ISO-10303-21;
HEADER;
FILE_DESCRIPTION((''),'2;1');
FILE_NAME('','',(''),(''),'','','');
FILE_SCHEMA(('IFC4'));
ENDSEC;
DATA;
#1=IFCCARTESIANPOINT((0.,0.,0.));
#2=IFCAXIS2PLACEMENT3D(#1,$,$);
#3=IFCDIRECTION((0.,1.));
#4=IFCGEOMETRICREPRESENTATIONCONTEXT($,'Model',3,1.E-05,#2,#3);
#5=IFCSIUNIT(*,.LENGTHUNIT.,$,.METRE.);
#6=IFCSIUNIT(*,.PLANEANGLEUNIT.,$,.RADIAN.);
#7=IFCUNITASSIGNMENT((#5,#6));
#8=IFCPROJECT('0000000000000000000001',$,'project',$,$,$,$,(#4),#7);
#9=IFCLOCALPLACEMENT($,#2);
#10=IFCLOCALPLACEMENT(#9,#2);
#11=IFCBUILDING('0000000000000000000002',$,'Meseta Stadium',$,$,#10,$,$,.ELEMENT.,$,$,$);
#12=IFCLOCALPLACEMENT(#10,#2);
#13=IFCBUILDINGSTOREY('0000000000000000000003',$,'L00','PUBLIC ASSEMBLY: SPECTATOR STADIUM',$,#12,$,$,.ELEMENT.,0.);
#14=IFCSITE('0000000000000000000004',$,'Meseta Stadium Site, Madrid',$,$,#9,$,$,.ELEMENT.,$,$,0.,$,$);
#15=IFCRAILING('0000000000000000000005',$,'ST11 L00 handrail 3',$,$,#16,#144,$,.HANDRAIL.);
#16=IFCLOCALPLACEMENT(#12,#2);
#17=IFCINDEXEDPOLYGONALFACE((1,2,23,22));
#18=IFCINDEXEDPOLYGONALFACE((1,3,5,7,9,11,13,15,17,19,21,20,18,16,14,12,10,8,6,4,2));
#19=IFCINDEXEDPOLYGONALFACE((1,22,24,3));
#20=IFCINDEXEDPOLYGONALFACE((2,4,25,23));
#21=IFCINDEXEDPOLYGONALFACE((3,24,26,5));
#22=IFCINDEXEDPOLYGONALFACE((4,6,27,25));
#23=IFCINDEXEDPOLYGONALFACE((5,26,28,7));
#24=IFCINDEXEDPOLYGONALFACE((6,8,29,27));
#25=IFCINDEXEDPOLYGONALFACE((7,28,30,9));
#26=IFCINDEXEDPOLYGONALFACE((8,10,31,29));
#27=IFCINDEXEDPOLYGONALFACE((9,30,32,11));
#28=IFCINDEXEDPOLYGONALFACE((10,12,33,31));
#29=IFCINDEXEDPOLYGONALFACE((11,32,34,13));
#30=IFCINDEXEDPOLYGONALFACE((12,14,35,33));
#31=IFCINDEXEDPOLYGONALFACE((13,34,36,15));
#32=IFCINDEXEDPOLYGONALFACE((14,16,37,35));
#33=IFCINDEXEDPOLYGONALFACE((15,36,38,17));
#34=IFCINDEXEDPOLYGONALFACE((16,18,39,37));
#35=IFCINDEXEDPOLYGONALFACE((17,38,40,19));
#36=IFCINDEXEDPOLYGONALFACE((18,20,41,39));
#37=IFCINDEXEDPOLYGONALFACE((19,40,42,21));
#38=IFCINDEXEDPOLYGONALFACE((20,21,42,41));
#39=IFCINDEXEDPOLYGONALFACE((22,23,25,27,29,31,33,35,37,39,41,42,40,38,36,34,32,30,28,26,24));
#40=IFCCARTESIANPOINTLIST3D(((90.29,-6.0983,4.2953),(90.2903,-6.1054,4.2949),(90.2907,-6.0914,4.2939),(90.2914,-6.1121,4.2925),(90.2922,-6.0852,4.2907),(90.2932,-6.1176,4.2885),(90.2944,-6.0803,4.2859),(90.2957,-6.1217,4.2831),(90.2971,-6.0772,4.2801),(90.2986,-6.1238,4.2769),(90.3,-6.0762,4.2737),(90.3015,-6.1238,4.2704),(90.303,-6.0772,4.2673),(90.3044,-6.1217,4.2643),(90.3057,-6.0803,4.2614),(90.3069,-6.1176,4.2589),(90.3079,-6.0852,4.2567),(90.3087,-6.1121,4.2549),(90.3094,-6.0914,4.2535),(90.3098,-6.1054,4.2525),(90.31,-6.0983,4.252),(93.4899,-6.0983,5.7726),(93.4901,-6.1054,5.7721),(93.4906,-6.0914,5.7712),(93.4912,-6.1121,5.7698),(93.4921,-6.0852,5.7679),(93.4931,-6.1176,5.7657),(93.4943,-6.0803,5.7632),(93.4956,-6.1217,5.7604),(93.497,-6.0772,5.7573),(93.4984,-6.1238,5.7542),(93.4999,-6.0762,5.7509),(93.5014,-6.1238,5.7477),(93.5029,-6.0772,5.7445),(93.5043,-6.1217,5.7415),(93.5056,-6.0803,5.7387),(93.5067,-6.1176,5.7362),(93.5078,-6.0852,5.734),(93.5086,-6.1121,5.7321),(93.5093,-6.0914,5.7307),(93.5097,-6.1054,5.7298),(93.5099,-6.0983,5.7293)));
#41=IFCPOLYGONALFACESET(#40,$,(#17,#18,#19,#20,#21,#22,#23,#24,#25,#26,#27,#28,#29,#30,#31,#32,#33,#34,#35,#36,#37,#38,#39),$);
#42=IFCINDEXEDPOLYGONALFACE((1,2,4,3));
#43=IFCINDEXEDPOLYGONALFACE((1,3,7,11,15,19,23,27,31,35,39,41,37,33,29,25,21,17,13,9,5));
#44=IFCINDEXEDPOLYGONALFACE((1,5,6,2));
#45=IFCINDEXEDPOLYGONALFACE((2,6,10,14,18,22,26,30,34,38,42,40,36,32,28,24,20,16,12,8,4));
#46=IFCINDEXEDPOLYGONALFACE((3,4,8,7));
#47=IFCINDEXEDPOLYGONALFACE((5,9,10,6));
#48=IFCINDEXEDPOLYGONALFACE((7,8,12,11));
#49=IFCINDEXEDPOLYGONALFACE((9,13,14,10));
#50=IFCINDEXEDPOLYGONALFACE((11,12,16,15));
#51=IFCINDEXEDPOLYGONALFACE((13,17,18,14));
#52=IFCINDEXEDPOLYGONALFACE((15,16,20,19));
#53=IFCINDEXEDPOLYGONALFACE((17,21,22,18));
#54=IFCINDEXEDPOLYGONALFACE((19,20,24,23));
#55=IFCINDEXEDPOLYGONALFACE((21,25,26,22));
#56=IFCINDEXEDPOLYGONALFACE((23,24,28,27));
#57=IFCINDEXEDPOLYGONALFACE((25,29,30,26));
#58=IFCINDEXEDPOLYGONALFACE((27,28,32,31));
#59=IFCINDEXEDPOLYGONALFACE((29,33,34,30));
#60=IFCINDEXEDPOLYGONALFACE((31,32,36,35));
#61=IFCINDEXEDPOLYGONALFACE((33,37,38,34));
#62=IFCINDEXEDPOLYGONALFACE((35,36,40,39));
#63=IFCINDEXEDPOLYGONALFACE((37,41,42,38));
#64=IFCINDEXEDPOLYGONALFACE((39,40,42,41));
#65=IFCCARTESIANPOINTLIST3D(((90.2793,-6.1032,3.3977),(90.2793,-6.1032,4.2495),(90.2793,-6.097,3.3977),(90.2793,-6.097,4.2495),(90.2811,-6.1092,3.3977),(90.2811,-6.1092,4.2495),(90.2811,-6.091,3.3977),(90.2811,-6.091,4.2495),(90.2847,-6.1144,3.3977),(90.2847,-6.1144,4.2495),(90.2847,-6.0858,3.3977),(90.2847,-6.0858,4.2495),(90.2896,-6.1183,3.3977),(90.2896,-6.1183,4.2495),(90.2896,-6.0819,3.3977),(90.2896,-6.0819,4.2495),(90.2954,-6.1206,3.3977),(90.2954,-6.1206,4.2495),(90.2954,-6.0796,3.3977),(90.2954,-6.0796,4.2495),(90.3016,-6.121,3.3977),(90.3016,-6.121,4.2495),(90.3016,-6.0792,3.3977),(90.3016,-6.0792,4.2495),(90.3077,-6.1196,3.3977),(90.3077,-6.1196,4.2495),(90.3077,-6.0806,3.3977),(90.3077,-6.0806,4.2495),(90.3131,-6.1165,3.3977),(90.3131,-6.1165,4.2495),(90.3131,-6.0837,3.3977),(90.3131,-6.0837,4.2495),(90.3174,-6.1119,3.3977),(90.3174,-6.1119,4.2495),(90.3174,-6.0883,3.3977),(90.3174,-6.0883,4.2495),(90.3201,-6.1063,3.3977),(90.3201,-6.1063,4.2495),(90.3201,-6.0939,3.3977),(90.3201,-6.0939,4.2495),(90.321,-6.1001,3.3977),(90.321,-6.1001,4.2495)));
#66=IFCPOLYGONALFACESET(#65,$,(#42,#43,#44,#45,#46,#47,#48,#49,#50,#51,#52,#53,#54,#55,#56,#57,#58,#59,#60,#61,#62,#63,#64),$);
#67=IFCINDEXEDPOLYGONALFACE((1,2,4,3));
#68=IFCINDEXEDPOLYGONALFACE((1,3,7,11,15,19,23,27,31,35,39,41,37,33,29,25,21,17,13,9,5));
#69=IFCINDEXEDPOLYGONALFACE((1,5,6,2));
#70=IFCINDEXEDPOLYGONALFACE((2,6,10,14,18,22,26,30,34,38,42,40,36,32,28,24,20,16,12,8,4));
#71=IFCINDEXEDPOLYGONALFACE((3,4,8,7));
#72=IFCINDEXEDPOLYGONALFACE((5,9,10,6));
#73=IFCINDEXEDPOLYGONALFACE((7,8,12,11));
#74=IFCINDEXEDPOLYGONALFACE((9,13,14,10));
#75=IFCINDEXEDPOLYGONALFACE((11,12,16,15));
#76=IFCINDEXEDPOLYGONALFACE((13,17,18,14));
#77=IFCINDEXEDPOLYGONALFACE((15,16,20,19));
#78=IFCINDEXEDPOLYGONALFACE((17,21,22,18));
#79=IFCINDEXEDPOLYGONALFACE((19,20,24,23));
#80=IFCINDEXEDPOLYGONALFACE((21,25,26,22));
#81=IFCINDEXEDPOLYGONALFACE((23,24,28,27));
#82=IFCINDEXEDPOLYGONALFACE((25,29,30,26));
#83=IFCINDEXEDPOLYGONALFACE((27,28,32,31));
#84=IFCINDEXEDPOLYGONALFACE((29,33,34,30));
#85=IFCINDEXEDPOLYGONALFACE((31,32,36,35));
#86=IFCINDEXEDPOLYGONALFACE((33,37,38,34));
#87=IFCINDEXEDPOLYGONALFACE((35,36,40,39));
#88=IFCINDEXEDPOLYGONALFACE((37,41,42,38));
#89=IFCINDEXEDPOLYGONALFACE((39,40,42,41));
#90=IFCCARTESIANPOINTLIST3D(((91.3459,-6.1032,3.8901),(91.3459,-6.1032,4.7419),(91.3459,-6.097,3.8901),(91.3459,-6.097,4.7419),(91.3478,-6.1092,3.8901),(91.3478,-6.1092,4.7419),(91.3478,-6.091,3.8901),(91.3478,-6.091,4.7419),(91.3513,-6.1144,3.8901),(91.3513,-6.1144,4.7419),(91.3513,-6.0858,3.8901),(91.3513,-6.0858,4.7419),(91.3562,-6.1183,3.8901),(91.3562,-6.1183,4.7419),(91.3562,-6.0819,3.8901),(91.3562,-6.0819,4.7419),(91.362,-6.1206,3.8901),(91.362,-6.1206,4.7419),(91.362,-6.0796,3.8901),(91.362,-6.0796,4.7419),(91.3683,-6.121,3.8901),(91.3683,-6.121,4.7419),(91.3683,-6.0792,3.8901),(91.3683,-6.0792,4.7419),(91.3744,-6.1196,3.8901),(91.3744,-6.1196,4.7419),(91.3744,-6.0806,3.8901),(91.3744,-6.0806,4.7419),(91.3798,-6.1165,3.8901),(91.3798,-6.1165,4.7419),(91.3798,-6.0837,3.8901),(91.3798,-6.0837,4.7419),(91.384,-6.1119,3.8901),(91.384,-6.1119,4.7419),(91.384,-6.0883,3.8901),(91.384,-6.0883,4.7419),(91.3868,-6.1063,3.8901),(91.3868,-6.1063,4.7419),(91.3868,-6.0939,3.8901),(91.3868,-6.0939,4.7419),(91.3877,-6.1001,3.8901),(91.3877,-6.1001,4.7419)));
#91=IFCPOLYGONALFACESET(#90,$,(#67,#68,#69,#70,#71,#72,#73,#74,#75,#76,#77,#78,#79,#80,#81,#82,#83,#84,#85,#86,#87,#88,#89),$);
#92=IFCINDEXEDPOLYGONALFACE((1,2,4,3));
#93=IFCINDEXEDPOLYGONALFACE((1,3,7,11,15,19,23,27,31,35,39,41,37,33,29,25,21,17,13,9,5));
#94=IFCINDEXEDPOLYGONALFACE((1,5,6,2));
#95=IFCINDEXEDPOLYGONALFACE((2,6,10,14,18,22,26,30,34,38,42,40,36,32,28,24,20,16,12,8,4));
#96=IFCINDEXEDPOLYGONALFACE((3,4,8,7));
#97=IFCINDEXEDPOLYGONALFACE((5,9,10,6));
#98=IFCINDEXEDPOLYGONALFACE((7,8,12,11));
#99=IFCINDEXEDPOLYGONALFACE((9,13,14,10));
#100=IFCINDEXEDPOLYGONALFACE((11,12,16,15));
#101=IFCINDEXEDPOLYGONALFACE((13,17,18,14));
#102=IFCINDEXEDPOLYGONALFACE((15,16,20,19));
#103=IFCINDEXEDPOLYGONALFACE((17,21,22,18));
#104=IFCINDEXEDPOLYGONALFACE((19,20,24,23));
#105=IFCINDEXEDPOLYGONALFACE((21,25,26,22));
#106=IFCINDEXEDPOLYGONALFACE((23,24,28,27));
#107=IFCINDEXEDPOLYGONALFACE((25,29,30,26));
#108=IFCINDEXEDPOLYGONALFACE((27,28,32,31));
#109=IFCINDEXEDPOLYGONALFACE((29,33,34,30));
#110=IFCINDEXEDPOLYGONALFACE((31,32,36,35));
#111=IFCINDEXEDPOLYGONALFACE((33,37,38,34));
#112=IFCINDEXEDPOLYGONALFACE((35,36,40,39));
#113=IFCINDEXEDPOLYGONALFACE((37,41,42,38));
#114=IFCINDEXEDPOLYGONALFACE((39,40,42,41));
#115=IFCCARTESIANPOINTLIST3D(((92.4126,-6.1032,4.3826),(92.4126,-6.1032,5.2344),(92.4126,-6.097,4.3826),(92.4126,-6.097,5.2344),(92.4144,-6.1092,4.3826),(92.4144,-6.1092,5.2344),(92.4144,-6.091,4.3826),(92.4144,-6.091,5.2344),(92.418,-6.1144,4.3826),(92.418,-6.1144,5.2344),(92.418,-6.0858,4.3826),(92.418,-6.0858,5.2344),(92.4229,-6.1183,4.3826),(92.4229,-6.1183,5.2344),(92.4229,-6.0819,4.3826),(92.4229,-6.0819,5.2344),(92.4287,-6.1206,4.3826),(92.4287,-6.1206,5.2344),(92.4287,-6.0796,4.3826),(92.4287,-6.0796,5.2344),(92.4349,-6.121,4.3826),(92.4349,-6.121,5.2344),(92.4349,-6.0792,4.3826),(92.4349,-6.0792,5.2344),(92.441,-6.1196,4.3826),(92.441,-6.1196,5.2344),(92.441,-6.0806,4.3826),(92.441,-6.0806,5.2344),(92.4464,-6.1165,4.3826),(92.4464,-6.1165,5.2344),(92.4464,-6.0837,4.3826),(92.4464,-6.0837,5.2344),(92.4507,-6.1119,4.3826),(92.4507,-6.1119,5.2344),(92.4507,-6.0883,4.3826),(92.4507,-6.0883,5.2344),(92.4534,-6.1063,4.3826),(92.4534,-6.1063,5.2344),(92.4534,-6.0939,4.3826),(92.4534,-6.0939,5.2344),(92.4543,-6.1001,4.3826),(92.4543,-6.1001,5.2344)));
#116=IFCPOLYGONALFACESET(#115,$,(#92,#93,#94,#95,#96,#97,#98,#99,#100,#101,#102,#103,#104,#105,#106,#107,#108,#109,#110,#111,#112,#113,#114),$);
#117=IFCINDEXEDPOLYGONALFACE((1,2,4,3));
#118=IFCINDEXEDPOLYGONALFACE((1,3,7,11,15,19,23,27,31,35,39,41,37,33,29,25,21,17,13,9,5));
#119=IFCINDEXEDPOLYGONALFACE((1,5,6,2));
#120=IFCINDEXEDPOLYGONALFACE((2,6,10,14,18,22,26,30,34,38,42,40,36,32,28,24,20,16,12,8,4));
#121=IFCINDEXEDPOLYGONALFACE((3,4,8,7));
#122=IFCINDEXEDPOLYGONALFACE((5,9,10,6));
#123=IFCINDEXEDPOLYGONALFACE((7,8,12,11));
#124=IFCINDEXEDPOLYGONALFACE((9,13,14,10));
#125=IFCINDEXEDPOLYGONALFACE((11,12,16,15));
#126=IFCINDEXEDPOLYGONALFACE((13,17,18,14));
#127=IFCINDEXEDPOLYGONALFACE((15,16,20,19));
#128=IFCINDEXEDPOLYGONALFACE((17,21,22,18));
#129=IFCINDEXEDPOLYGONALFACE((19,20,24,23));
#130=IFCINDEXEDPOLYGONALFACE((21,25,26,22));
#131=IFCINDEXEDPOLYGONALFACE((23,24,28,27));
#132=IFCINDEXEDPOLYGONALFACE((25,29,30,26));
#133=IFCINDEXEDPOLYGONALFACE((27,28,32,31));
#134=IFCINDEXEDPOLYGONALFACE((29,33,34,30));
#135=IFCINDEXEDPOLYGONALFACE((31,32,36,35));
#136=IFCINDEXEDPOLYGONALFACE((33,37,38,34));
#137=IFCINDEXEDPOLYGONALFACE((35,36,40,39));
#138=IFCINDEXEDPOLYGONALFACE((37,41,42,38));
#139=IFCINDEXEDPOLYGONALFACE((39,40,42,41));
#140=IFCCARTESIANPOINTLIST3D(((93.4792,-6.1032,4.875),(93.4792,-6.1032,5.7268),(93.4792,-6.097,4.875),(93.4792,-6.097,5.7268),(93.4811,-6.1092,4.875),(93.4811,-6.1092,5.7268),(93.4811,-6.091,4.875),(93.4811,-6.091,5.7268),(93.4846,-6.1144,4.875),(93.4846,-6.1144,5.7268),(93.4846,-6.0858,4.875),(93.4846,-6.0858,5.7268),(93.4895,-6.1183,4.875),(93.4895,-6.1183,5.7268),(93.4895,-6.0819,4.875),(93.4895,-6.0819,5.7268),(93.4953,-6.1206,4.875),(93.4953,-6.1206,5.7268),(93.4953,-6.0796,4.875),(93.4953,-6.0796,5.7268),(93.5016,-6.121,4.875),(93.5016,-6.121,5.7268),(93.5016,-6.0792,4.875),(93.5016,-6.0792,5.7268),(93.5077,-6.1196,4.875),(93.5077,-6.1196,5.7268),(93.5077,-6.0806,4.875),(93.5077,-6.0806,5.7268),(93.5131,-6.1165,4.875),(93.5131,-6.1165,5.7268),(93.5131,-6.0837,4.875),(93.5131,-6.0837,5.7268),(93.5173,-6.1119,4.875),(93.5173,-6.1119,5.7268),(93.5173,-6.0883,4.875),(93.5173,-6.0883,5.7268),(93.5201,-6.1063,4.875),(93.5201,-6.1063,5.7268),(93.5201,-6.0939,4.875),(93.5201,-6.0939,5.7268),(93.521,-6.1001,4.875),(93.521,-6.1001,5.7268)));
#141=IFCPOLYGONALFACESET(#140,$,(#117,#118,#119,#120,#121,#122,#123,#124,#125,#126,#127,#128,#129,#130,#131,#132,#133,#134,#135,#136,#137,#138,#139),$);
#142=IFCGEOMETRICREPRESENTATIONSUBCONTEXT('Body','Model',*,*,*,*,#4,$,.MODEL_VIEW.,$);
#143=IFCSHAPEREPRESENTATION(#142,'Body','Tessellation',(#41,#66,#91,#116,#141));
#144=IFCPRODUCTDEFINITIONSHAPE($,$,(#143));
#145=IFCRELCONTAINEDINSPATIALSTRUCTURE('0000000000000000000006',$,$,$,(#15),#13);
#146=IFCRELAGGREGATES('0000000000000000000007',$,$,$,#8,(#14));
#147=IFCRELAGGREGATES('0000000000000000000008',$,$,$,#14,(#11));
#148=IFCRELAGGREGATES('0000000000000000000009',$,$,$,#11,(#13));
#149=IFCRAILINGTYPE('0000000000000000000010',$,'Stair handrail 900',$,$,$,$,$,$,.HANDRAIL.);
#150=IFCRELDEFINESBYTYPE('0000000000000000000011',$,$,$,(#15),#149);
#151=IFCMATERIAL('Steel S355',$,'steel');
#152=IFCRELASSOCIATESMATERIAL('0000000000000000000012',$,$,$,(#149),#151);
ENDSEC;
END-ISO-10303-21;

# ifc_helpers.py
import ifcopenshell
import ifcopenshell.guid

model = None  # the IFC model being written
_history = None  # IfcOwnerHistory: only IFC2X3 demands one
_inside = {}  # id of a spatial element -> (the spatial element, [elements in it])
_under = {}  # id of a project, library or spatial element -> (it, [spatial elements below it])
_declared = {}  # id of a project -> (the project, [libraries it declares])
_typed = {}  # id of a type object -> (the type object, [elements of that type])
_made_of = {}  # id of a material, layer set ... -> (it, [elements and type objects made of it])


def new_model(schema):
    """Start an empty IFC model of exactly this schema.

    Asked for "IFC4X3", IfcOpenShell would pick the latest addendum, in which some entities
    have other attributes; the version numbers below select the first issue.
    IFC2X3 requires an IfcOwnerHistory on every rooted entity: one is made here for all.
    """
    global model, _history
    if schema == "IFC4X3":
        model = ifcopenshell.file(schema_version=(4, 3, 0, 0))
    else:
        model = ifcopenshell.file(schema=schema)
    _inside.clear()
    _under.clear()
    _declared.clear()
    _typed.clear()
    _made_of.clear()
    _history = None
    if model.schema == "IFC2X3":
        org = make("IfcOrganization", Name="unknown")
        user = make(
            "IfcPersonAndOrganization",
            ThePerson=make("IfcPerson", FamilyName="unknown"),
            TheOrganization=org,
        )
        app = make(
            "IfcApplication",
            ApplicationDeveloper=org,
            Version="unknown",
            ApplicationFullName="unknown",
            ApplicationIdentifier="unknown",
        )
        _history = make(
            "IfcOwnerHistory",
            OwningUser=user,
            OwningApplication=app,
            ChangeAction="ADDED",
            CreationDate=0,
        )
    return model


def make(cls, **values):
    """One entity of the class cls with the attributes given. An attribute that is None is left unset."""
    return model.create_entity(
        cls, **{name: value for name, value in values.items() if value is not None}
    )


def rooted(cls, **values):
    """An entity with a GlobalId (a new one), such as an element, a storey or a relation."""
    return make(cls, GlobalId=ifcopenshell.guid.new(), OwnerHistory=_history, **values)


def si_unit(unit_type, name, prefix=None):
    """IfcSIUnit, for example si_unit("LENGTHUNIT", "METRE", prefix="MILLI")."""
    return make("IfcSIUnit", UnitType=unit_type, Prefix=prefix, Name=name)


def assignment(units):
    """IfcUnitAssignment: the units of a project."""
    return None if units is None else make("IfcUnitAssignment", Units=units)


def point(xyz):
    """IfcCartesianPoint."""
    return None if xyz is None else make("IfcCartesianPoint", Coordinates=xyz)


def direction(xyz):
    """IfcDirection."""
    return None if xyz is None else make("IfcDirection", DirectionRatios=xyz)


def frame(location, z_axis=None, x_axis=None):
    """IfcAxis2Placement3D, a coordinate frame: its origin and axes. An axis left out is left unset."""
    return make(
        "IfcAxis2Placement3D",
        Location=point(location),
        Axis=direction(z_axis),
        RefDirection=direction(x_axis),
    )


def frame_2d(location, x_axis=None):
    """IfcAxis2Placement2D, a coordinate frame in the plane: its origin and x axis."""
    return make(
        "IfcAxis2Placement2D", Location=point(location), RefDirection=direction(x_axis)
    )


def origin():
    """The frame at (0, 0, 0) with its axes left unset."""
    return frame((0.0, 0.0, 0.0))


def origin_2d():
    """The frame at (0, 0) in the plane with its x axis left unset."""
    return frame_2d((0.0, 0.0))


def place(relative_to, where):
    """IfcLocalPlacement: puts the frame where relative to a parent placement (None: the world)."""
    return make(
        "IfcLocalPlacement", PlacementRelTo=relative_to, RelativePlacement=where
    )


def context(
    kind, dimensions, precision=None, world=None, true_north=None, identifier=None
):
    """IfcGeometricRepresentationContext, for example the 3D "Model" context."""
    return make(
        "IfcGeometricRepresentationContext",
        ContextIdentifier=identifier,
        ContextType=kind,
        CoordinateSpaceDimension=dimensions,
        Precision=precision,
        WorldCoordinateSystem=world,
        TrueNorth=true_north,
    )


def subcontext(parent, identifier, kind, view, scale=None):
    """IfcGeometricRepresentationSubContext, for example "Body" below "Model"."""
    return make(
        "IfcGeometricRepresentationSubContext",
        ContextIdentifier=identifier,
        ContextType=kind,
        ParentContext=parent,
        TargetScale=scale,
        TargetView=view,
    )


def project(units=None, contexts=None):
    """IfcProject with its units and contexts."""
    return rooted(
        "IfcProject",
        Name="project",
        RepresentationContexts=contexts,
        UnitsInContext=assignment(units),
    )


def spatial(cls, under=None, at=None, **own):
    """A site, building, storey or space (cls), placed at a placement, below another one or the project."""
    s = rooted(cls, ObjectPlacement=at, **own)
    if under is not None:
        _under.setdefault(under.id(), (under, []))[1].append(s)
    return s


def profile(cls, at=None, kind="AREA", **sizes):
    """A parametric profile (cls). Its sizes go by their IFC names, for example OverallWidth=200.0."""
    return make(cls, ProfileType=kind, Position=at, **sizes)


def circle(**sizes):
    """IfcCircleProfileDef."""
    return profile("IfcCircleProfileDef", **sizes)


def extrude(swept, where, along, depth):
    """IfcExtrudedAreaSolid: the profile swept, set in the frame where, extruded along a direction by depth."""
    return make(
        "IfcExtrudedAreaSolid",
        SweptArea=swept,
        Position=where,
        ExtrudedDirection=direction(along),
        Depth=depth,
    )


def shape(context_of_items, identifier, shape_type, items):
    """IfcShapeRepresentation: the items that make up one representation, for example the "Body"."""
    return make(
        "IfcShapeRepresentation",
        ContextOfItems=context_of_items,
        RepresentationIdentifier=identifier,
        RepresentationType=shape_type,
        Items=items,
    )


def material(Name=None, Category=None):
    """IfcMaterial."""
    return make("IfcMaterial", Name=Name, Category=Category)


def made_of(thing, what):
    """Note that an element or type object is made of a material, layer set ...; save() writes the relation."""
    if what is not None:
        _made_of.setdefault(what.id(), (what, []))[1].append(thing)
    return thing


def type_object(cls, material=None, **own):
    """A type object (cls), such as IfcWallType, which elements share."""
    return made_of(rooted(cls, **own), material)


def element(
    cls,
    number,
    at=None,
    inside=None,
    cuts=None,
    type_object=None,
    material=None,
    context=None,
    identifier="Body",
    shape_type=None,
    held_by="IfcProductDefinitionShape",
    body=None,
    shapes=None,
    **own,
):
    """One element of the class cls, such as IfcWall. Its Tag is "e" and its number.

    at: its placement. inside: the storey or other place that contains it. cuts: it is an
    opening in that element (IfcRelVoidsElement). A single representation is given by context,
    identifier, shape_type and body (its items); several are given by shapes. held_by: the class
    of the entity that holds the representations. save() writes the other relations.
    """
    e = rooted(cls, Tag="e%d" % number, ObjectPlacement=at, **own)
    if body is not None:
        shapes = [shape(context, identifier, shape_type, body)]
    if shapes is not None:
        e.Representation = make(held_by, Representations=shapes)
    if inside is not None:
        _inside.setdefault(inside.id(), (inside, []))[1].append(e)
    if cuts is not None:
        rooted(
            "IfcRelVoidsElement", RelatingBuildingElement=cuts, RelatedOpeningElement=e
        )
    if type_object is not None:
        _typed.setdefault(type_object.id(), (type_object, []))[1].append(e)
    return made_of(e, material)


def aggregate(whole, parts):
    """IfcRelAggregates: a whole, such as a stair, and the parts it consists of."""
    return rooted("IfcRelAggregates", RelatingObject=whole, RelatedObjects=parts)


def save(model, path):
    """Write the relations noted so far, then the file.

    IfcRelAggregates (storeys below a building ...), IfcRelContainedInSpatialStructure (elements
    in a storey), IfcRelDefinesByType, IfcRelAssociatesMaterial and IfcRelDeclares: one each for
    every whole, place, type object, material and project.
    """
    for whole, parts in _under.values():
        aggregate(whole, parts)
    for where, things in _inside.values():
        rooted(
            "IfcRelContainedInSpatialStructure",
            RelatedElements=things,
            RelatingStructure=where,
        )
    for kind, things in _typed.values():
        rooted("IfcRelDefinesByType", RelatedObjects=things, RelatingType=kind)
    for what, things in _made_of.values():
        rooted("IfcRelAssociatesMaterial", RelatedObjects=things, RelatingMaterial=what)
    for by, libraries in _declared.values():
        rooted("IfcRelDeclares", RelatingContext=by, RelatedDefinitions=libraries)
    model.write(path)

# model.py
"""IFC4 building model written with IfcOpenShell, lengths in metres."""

from ifc_helpers import new_model, si_unit, direction, frame, origin, origin_2d, place, context, subcontext, project, spatial, circle, extrude, material, type_object, element, save


model = new_model("IFC4")

# Units and contexts
model_context = context("Model", 3, precision=1e-05, world=origin(), true_north=direction((0.0, 1.0)))
body_context = subcontext(model_context, "Body", "Model", "MODEL_VIEW")
ifc_project = project(units=[si_unit("LENGTHUNIT", "METRE"), si_unit("PLANEANGLEUNIT", "RADIAN")], contexts=[model_context])

# Site, building, storey
site_placement = place(None, origin())
site = spatial("IfcSite", under=ifc_project, at=site_placement, Name="Meseta Stadium Site, Madrid", CompositionType="ELEMENT", RefElevation=0.0)
building_placement = place(site_placement, origin())
building = spatial("IfcBuilding", under=site, at=building_placement, Name="Meseta Stadium", CompositionType="ELEMENT")
storey_placement = place(building_placement, origin())
storey = spatial("IfcBuildingStorey", under=building, at=storey_placement, Name="L00", Description="PUBLIC ASSEMBLY: SPECTATOR STADIUM", CompositionType="ELEMENT", Elevation=0.0)

# Railing
ifc_material_1 = material(Name="Steel S355", Category="steel")
railing_type_1 = type_object("IfcRailingType", Name="Stair handrail 900", PredefinedType="HANDRAIL", material=ifc_material_1)
for number, where, name in (
    (1, (90.3, -6.1001, 3.3977), "ST11 L00 handrail 3"),
):
    element("IfcRailing", number, at=place(storey_placement, frame(where)), inside=storey, type_object=railing_type_1, Name=name, PredefinedType="HANDRAIL", context=body_context, shape_type="SweptSolid", body=[
        extrude(circle(Radius=0.0239, at=origin_2d()), frame((0.0, 0.0, 0.876), z_axis=(0.907917, 0.0, 0.41915), x_axis=(0.0, 1.0, 0.0)), (0.0, 0.0, 1.0), 3.5244),
        extrude(circle(Radius=0.021, at=origin_2d()), origin(), (0.0, 0.0, 1.0), 0.8518),
        extrude(circle(Radius=0.021, at=origin_2d()), frame((1.0667, 0.0, 0.4924)), (0.0, 0.0, 1.0), 0.8518),
        extrude(circle(Radius=0.021, at=origin_2d()), frame((2.1333, 0.0, 0.9849)), (0.0, 0.0, 1.0), 0.8518),
        extrude(circle(Radius=0.021, at=origin_2d()), frame((3.2, 0.0, 1.4773)), (0.0, 0.0, 1.0), 0.8518),
    ])

save(model, "model.ifc")
